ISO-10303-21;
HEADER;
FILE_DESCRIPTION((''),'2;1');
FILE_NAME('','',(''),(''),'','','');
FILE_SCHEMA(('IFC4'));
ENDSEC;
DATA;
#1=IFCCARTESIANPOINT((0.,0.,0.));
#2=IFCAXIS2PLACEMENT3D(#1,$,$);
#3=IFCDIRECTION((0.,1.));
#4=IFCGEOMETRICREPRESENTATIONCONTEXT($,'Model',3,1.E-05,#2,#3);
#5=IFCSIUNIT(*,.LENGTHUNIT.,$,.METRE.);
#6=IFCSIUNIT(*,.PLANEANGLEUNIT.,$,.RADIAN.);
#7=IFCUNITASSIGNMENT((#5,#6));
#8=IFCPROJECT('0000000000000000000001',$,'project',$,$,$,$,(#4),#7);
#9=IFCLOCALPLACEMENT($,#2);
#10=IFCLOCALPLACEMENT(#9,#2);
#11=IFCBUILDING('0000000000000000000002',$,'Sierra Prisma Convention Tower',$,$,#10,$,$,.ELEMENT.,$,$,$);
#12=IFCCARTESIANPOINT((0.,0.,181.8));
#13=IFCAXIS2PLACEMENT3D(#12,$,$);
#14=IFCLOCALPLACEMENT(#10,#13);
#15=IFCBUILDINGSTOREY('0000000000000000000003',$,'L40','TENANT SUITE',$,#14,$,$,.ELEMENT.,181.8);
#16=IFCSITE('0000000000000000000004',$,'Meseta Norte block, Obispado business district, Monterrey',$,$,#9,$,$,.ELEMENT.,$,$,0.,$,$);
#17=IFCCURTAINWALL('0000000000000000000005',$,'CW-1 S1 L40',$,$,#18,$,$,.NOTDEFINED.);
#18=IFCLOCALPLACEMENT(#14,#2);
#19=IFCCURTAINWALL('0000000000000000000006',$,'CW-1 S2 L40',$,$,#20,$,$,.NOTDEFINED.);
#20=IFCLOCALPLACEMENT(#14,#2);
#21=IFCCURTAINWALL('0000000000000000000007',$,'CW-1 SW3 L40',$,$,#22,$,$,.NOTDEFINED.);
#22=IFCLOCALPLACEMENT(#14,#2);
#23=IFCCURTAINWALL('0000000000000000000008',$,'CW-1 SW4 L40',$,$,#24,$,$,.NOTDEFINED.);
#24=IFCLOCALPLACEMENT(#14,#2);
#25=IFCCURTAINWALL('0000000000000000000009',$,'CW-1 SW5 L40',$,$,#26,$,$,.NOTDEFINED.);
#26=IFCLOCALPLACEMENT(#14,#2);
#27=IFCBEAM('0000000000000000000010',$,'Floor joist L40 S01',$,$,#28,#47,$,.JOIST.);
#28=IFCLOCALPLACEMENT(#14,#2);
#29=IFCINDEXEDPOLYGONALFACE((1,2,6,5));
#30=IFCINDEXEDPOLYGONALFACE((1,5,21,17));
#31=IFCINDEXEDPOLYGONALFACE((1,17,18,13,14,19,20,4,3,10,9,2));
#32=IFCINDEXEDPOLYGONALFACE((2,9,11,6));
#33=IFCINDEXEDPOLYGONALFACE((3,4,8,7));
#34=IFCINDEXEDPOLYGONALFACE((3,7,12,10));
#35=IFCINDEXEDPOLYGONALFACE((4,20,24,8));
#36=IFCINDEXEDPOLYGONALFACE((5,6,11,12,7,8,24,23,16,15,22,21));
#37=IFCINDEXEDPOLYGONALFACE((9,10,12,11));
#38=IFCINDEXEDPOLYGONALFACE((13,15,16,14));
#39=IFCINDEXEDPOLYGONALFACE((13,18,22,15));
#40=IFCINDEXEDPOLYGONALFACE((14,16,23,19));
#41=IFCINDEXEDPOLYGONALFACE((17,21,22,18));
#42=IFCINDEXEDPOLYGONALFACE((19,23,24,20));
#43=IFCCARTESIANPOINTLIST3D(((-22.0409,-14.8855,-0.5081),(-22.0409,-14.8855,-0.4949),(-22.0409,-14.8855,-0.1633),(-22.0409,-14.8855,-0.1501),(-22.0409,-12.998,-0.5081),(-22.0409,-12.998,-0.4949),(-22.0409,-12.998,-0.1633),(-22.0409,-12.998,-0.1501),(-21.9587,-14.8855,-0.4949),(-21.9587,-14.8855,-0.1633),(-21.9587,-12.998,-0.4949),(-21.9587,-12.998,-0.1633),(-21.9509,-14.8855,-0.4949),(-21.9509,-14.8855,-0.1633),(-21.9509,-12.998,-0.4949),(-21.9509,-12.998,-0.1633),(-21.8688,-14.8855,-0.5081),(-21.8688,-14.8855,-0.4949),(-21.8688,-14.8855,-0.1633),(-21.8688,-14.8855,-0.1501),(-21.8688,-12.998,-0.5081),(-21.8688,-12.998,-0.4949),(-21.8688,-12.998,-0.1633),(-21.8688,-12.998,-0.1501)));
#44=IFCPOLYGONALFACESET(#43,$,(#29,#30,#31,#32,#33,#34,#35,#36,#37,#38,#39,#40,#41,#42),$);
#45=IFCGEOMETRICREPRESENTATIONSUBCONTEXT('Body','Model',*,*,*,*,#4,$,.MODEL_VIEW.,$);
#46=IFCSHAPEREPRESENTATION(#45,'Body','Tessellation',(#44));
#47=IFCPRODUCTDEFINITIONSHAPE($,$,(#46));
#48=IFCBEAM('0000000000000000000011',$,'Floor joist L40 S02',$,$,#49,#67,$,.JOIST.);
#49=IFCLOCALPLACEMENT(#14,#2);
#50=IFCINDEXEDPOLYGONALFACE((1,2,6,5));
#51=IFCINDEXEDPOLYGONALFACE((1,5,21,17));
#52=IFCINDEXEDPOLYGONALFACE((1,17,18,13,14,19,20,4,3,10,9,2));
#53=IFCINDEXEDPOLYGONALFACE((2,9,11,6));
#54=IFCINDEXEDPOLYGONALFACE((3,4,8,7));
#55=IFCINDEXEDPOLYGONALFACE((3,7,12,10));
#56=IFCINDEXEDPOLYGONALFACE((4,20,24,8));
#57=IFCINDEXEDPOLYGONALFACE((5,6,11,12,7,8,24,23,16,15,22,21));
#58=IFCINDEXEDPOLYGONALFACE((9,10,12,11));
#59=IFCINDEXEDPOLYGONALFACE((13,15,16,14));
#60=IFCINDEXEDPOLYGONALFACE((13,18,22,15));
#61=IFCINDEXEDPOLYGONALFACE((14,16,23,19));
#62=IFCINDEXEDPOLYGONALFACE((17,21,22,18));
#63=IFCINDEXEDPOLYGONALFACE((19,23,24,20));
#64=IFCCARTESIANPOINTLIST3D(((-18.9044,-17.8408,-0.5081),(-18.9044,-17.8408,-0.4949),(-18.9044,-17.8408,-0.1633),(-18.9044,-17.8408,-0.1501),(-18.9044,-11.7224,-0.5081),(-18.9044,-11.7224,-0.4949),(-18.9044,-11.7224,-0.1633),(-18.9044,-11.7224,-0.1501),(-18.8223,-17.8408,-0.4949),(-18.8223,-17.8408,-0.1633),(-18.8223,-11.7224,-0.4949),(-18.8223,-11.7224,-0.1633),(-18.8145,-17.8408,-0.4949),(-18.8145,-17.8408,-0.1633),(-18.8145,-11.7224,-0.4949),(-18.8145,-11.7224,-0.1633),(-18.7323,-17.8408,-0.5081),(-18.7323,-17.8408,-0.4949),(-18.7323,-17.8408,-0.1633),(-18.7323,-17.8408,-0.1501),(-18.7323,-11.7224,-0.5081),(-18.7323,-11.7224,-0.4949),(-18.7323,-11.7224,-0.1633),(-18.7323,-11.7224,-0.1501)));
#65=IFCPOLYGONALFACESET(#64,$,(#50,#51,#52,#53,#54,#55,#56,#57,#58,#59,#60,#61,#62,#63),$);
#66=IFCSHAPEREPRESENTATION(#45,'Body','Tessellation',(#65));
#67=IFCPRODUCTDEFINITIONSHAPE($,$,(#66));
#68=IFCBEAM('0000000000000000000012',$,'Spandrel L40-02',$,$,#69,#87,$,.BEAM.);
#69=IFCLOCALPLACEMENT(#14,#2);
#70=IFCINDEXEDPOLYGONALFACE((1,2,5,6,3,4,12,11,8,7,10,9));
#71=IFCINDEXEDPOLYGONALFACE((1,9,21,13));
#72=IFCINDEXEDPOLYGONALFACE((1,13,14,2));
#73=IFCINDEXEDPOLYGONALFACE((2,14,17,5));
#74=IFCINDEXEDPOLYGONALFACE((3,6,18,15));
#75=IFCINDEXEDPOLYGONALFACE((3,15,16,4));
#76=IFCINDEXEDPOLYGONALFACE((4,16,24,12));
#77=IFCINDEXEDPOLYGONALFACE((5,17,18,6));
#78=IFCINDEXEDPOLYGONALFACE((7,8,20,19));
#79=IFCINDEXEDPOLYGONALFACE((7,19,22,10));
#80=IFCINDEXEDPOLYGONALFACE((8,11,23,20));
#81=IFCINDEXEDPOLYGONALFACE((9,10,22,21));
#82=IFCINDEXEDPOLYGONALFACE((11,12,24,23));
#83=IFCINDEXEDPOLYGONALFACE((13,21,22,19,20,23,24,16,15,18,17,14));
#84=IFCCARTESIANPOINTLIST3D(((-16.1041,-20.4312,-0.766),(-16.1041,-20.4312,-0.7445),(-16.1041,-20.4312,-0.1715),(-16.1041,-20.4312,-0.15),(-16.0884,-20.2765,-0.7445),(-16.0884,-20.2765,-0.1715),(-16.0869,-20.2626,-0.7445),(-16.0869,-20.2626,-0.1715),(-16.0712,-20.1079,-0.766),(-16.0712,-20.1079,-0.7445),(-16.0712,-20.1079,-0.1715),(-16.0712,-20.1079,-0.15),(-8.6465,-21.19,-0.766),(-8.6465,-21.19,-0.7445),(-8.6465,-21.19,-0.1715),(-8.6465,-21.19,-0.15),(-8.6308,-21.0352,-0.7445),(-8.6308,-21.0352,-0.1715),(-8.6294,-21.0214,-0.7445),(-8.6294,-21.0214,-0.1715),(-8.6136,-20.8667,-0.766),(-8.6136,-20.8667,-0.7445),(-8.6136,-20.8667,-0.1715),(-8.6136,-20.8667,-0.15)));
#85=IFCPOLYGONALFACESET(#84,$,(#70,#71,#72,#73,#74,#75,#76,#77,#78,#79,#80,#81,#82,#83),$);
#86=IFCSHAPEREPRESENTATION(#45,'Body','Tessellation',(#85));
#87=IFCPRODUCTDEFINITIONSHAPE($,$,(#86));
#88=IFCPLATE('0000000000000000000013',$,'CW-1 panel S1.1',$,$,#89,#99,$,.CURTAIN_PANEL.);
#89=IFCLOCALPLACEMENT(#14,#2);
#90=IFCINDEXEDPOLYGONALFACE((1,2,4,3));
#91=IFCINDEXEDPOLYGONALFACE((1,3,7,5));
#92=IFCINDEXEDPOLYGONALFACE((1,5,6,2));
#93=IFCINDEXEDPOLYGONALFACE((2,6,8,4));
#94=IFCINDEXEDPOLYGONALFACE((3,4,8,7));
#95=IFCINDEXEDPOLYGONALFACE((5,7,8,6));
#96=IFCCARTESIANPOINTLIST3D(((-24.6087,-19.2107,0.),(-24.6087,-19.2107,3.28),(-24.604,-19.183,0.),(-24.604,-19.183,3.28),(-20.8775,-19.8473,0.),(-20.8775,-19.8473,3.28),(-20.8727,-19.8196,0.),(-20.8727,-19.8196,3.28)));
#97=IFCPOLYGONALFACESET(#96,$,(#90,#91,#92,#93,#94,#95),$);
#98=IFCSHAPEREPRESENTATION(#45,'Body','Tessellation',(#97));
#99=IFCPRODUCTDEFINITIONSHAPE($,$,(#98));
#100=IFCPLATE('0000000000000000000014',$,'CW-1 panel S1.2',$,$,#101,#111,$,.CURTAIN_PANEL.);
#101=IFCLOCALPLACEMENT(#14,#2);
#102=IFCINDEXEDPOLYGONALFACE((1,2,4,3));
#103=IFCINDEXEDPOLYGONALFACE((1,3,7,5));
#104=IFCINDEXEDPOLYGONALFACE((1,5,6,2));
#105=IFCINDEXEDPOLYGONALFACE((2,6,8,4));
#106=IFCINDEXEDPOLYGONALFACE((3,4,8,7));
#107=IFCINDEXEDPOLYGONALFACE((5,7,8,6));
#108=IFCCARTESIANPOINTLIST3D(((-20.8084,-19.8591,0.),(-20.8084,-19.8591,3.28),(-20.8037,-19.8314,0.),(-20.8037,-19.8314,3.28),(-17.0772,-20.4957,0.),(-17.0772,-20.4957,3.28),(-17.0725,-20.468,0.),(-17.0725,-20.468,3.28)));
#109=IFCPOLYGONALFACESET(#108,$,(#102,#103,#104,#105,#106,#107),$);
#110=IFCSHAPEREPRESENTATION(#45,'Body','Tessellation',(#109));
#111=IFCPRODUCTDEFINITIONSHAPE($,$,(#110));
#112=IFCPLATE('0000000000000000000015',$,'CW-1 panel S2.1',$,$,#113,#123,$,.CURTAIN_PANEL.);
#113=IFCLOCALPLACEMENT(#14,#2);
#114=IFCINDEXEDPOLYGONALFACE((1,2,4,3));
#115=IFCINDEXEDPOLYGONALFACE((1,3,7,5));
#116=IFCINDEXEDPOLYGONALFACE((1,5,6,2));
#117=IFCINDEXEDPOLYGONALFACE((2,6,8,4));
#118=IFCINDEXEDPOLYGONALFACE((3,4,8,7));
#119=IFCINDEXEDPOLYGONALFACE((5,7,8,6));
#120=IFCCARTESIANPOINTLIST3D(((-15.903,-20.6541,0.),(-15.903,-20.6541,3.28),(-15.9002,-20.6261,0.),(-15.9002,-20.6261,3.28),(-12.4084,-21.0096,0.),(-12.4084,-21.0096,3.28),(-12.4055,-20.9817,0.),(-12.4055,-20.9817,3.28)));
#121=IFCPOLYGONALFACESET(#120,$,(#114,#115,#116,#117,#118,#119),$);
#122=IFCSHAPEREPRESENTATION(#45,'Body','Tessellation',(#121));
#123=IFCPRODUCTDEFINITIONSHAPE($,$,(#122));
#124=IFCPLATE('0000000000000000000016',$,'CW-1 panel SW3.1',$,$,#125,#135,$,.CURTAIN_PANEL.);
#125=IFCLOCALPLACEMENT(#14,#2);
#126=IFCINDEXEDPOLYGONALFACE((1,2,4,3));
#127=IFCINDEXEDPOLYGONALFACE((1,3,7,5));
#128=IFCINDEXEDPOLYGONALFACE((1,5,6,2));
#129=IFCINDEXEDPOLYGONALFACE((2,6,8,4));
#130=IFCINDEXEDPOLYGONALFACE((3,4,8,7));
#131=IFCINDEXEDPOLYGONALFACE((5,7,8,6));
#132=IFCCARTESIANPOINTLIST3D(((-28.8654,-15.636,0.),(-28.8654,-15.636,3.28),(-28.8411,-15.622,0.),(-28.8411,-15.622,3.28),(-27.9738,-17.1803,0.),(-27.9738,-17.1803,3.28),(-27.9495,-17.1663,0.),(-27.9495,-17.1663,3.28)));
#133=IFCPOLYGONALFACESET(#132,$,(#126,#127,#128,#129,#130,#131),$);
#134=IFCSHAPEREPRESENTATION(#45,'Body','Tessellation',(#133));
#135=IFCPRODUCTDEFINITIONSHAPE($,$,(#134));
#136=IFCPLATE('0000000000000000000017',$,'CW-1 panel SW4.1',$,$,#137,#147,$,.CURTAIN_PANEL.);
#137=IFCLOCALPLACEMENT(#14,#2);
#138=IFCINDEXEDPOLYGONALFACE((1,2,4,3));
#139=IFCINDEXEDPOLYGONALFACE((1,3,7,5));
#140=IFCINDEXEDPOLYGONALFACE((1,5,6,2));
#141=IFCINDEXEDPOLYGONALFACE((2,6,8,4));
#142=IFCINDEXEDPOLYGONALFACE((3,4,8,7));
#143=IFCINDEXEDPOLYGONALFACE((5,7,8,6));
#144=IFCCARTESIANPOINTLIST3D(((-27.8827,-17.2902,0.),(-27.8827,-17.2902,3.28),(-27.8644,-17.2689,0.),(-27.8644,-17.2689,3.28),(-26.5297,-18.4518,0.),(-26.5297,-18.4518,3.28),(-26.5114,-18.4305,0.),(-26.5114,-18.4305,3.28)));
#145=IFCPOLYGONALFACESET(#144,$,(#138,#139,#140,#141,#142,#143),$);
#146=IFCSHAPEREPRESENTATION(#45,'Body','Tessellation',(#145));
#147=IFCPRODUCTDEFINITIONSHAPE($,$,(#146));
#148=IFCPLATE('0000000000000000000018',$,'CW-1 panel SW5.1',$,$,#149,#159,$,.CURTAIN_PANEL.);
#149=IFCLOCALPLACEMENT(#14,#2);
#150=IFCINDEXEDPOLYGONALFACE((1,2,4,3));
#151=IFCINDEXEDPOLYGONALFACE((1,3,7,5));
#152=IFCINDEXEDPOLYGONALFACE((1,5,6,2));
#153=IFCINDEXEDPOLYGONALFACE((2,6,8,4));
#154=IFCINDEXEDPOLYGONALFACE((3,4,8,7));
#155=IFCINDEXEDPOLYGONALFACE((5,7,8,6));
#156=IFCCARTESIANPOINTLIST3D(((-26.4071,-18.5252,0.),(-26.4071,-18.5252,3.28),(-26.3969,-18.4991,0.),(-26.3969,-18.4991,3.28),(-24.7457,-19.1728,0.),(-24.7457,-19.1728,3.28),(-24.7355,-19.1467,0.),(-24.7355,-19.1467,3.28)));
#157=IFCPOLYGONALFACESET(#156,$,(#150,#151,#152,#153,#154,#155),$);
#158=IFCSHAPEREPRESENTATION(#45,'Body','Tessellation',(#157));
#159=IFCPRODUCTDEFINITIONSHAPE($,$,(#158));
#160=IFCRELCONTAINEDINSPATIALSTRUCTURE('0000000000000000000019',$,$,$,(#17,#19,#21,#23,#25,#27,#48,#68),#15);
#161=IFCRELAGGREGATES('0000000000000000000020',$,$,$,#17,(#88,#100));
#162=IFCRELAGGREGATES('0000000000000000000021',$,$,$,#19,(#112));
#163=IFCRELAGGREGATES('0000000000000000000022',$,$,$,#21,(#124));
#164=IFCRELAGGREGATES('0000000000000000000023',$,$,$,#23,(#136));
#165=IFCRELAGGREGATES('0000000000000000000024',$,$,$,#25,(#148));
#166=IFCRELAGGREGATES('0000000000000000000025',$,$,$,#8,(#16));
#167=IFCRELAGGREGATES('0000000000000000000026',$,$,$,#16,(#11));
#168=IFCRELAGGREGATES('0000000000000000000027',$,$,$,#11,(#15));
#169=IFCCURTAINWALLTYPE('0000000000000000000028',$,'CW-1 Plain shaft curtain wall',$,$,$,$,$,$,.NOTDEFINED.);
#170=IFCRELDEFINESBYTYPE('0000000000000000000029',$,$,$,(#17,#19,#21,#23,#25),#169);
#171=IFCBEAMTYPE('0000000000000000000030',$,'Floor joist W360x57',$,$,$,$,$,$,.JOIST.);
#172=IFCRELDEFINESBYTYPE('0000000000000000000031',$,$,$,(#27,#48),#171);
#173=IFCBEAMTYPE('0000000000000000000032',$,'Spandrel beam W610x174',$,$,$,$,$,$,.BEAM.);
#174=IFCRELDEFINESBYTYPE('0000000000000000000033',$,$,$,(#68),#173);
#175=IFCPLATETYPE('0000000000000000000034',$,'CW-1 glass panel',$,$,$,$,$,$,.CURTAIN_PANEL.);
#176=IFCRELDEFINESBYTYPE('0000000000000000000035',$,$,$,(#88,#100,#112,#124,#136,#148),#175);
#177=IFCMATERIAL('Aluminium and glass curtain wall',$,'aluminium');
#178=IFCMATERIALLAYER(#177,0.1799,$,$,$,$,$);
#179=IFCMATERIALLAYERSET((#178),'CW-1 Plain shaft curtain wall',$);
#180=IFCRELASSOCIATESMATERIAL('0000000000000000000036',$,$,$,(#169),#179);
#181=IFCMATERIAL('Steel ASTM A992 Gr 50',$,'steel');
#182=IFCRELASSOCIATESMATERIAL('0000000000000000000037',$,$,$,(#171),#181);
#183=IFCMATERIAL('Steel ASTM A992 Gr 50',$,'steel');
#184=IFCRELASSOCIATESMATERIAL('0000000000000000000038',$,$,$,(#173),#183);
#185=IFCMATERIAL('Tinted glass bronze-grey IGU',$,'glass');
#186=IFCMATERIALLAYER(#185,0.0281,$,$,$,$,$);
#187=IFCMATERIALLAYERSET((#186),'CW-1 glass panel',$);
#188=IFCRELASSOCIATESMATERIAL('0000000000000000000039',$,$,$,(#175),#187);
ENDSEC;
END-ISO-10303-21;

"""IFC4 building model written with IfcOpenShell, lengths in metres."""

from ifc_helpers import new_model, si_unit, direction, frame, origin, origin_2d, place, context, subcontext, project, spatial, rectangle, i_section, extrude, material, layer, layer_set, material_profile, profile_set, type_object, element, aggregate, save


model = new_model("IFC4")

# Units and contexts
model_context = context("Model", 3, precision=1e-05, world=origin(), true_north=direction((0.0, 1.0)))
body_context = subcontext(model_context, "Body", "Model", "MODEL_VIEW")
ifc_project = project(units=[si_unit("LENGTHUNIT", "METRE"), si_unit("PLANEANGLEUNIT", "RADIAN")], contexts=[model_context])

# Site, building, storey
site_placement = place(None, origin())
site = spatial("IfcSite", under=ifc_project, at=site_placement, Name="Meseta Norte block, Obispado business district, Monterrey", CompositionType="ELEMENT", RefElevation=0.0)
building_placement = place(site_placement, origin())
building = spatial("IfcBuilding", under=site, at=building_placement, Name="Sierra Prisma Convention Tower", CompositionType="ELEMENT")
storey_placement = place(building_placement, frame((0.0, 0.0, 181.8)))
storey = spatial("IfcBuildingStorey", under=building, at=storey_placement, Name="L40", Description="TENANT SUITE", CompositionType="ELEMENT", Elevation=181.8)

# Curtain wall
ifc_material_1 = material(Name="Aluminium and glass curtain wall", Category="aluminium")
ifc_layer_1 = layer(ifc_material_1, 0.1799)
ifc_layer_set_1 = layer_set([ifc_layer_1], Name="CW-1 Plain shaft curtain wall")
curtain_wall_type = type_object("IfcCurtainWallType", Name="CW-1 Plain shaft curtain wall", PredefinedType="NOTDEFINED", material=ifc_layer_set_1)
curtain_wall_1_placement = place(storey_placement, origin())
curtain_wall_1 = element("IfcCurtainWall", 1, at=curtain_wall_1_placement, inside=storey, type_object=curtain_wall_type, Name="CW-1 S1 L40", PredefinedType="NOTDEFINED")

# Curtain walls
curtain_wall_2_placement = place(storey_placement, origin())
curtain_wall_2 = element("IfcCurtainWall", 2, at=curtain_wall_2_placement, inside=storey, type_object=curtain_wall_type, Name="CW-1 S2 L40", PredefinedType="NOTDEFINED")
curtain_wall_3_placement = place(storey_placement, origin())
curtain_wall_3 = element("IfcCurtainWall", 3, at=curtain_wall_3_placement, inside=storey, type_object=curtain_wall_type, Name="CW-1 SW3 L40", PredefinedType="NOTDEFINED")
curtain_wall_4_placement = place(storey_placement, origin())
curtain_wall_4 = element("IfcCurtainWall", 4, at=curtain_wall_4_placement, inside=storey, type_object=curtain_wall_type, Name="CW-1 SW4 L40", PredefinedType="NOTDEFINED")
curtain_wall_5_placement = place(storey_placement, origin())
curtain_wall_5 = element("IfcCurtainWall", 5, at=curtain_wall_5_placement, inside=storey, type_object=curtain_wall_type, Name="CW-1 SW5 L40", PredefinedType="NOTDEFINED")

# Beams
ifc_material_2 = material(Name="Steel ASTM A992 Gr 50", Category="steel")
ifc_material_profile_1 = material_profile(ifc_material_2, i_section(OverallWidth=0.1721, OverallDepth=0.3579, WebThickness=0.0078, FlangeThickness=0.0132, at=origin_2d()), Name="W360x57")
ifc_profile_set_1 = profile_set([ifc_material_profile_1], Name="Steel ASTM A992 Gr 50")
beam_type_1 = type_object("IfcBeamType", Name="Floor joist W360x57", PredefinedType="JOIST", material=ifc_profile_set_1)
beam_1_placement = place(storey_placement, frame((-21.9548, -14.8855, -0.3291), z_axis=(0.0, 1.0, 0.0), x_axis=(-1.0, 0.0, 0.0)))
element("IfcBeam", 6, at=beam_1_placement, inside=storey, type_object=beam_type_1, Name="Floor joist L40 S01", PredefinedType="JOIST", context=body_context, shape_type="SweptSolid", body=[
    extrude(i_section(OverallWidth=0.1721, OverallDepth=0.3579, WebThickness=0.0078, FlangeThickness=0.0132, at=origin_2d()), origin(), (0.0, 0.0, 1.0), 1.8875),
])
beam_2_placement = place(storey_placement, frame((-18.8184, -17.8408, -0.3291), z_axis=(0.0, 1.0, 0.0), x_axis=(-1.0, 0.0, 0.0)))
element("IfcBeam", 7, at=beam_2_placement, inside=storey, type_object=beam_type_1, Name="Floor joist L40 S02", PredefinedType="JOIST", context=body_context, shape_type="SweptSolid", body=[
    extrude(i_section(OverallWidth=0.1721, OverallDepth=0.3579, WebThickness=0.0078, FlangeThickness=0.0132, at=origin_2d()), origin(), (0.0, 0.0, 1.0), 6.1184),
])
ifc_material_3 = material(Name="Steel ASTM A992 Gr 50", Category="steel")
ifc_material_profile_2 = material_profile(ifc_material_3, i_section(OverallWidth=0.325, OverallDepth=0.616, WebThickness=0.0139, FlangeThickness=0.0215, at=origin_2d()), Name="W610x174")
ifc_profile_set_2 = profile_set([ifc_material_profile_2], Name="Steel ASTM A992 Gr 50")
beam_type_2 = type_object("IfcBeamType", Name="Spandrel beam W610x174", PredefinedType="BEAM", material=ifc_profile_set_2)
beam_3_placement = place(storey_placement, frame((-16.0876, -20.2695, -0.458), z_axis=(0.994864, -0.101226, 0.0), x_axis=(0.101226, 0.994864, 0.0)))
element("IfcBeam", 8, at=beam_3_placement, inside=storey, type_object=beam_type_2, Name="Spandrel L40-02", PredefinedType="BEAM", context=body_context, shape_type="SweptSolid", body=[
    extrude(i_section(OverallWidth=0.325, OverallDepth=0.616, WebThickness=0.0139, FlangeThickness=0.0215, at=origin_2d()), origin(), (0.0, 0.0, 1.0), 7.4961),
])

# Plates
ifc_material_4 = material(Name="Tinted glass bronze-grey IGU", Category="glass")
ifc_layer_2 = layer(ifc_material_4, 0.0281)
ifc_layer_set_2 = layer_set([ifc_layer_2], Name="CW-1 glass panel")
plate_type = type_object("IfcPlateType", Name="CW-1 glass panel", PredefinedType="CURTAIN_PANEL", material=ifc_layer_set_2)
plate_1_placement = place(storey_placement, frame((-22.7407, -19.5151, 0.0), z_axis=(0.0, 0.0, 1.0), x_axis=(0.985755, -0.168187, 0.0)))
plate_1 = element("IfcPlate", 9, at=plate_1_placement, type_object=plate_type, Name="CW-1 panel S1.1", PredefinedType="CURTAIN_PANEL", context=body_context, shape_type="SweptSolid", body=[
    extrude(rectangle(XDim=3.7852, YDim=0.0281, at=origin_2d()), origin(), (0.0, 0.0, 1.0), 3.28),
])
plate_2_placement = place(storey_placement, frame((-18.9404, -20.1636, 0.0), z_axis=(0.0, 0.0, 1.0), x_axis=(0.985755, -0.168187, 0.0)))
plate_2 = element("IfcPlate", 10, at=plate_2_placement, type_object=plate_type, Name="CW-1 panel S1.2", PredefinedType="CURTAIN_PANEL", context=body_context, shape_type="SweptSolid", body=[
    extrude(rectangle(XDim=3.7852, YDim=0.0281, at=origin_2d()), origin(), (0.0, 0.0, 1.0), 3.28),
])
aggregate(curtain_wall_1, [plate_1, plate_2])
plate_3_placement = place(storey_placement, frame((-14.1543, -20.8179, 0.0), z_axis=(0.0, 0.0, 1.0), x_axis=(0.994864, -0.10122, 0.0)))
plate_3 = element("IfcPlate", 11, at=plate_3_placement, type_object=plate_type, Name="CW-1 panel S2.1", PredefinedType="CURTAIN_PANEL", context=body_context, shape_type="SweptSolid", body=[
    extrude(rectangle(XDim=3.5127, YDim=0.0281, at=origin_2d()), origin(), (0.0, 0.0, 1.0), 3.28),
])
aggregate(curtain_wall_2, [plate_3])
plate_4_placement = place(storey_placement, frame((-28.4075, -16.4011, 0.0), z_axis=(0.0, 0.0, 1.0), x_axis=(0.5, -0.866025, 0.0)))
plate_4 = element("IfcPlate", 12, at=plate_4_placement, type_object=plate_type, Name="CW-1 panel SW3.1", PredefinedType="CURTAIN_PANEL", context=body_context, shape_type="SweptSolid", body=[
    extrude(rectangle(XDim=1.7832, YDim=0.0281, at=origin_2d()), origin(), (0.0, 0.0, 1.0), 3.28),
])
aggregate(curtain_wall_3, [plate_4])
plate_5_placement = place(storey_placement, frame((-27.197, -17.8604, 0.0), z_axis=(0.0, 0.0, 1.0), x_axis=(0.758731, -0.651404, 0.0)))
plate_5 = element("IfcPlate", 13, at=plate_5_placement, type_object=plate_type, Name="CW-1 panel SW4.1", PredefinedType="CURTAIN_PANEL", context=body_context, shape_type="SweptSolid", body=[
    extrude(rectangle(XDim=1.7832, YDim=0.0281, at=origin_2d()), origin(), (0.0, 0.0, 1.0), 3.28),
])
aggregate(curtain_wall_4, [plate_5])
plate_6_placement = place(storey_placement, frame((-25.5713, -18.8359, 0.0), z_axis=(0.0, 0.0, 1.0), x_axis=(0.931722, -0.363172, 0.0)))
plate_6 = element("IfcPlate", 14, at=plate_6_placement, type_object=plate_type, Name="CW-1 panel SW5.1", PredefinedType="CURTAIN_PANEL", context=body_context, shape_type="SweptSolid", body=[
    extrude(rectangle(XDim=1.7832, YDim=0.0281, at=origin_2d()), origin(), (0.0, 0.0, 1.0), 3.28),
])
aggregate(curtain_wall_5, [plate_6])

save(model, "model.ifc")
